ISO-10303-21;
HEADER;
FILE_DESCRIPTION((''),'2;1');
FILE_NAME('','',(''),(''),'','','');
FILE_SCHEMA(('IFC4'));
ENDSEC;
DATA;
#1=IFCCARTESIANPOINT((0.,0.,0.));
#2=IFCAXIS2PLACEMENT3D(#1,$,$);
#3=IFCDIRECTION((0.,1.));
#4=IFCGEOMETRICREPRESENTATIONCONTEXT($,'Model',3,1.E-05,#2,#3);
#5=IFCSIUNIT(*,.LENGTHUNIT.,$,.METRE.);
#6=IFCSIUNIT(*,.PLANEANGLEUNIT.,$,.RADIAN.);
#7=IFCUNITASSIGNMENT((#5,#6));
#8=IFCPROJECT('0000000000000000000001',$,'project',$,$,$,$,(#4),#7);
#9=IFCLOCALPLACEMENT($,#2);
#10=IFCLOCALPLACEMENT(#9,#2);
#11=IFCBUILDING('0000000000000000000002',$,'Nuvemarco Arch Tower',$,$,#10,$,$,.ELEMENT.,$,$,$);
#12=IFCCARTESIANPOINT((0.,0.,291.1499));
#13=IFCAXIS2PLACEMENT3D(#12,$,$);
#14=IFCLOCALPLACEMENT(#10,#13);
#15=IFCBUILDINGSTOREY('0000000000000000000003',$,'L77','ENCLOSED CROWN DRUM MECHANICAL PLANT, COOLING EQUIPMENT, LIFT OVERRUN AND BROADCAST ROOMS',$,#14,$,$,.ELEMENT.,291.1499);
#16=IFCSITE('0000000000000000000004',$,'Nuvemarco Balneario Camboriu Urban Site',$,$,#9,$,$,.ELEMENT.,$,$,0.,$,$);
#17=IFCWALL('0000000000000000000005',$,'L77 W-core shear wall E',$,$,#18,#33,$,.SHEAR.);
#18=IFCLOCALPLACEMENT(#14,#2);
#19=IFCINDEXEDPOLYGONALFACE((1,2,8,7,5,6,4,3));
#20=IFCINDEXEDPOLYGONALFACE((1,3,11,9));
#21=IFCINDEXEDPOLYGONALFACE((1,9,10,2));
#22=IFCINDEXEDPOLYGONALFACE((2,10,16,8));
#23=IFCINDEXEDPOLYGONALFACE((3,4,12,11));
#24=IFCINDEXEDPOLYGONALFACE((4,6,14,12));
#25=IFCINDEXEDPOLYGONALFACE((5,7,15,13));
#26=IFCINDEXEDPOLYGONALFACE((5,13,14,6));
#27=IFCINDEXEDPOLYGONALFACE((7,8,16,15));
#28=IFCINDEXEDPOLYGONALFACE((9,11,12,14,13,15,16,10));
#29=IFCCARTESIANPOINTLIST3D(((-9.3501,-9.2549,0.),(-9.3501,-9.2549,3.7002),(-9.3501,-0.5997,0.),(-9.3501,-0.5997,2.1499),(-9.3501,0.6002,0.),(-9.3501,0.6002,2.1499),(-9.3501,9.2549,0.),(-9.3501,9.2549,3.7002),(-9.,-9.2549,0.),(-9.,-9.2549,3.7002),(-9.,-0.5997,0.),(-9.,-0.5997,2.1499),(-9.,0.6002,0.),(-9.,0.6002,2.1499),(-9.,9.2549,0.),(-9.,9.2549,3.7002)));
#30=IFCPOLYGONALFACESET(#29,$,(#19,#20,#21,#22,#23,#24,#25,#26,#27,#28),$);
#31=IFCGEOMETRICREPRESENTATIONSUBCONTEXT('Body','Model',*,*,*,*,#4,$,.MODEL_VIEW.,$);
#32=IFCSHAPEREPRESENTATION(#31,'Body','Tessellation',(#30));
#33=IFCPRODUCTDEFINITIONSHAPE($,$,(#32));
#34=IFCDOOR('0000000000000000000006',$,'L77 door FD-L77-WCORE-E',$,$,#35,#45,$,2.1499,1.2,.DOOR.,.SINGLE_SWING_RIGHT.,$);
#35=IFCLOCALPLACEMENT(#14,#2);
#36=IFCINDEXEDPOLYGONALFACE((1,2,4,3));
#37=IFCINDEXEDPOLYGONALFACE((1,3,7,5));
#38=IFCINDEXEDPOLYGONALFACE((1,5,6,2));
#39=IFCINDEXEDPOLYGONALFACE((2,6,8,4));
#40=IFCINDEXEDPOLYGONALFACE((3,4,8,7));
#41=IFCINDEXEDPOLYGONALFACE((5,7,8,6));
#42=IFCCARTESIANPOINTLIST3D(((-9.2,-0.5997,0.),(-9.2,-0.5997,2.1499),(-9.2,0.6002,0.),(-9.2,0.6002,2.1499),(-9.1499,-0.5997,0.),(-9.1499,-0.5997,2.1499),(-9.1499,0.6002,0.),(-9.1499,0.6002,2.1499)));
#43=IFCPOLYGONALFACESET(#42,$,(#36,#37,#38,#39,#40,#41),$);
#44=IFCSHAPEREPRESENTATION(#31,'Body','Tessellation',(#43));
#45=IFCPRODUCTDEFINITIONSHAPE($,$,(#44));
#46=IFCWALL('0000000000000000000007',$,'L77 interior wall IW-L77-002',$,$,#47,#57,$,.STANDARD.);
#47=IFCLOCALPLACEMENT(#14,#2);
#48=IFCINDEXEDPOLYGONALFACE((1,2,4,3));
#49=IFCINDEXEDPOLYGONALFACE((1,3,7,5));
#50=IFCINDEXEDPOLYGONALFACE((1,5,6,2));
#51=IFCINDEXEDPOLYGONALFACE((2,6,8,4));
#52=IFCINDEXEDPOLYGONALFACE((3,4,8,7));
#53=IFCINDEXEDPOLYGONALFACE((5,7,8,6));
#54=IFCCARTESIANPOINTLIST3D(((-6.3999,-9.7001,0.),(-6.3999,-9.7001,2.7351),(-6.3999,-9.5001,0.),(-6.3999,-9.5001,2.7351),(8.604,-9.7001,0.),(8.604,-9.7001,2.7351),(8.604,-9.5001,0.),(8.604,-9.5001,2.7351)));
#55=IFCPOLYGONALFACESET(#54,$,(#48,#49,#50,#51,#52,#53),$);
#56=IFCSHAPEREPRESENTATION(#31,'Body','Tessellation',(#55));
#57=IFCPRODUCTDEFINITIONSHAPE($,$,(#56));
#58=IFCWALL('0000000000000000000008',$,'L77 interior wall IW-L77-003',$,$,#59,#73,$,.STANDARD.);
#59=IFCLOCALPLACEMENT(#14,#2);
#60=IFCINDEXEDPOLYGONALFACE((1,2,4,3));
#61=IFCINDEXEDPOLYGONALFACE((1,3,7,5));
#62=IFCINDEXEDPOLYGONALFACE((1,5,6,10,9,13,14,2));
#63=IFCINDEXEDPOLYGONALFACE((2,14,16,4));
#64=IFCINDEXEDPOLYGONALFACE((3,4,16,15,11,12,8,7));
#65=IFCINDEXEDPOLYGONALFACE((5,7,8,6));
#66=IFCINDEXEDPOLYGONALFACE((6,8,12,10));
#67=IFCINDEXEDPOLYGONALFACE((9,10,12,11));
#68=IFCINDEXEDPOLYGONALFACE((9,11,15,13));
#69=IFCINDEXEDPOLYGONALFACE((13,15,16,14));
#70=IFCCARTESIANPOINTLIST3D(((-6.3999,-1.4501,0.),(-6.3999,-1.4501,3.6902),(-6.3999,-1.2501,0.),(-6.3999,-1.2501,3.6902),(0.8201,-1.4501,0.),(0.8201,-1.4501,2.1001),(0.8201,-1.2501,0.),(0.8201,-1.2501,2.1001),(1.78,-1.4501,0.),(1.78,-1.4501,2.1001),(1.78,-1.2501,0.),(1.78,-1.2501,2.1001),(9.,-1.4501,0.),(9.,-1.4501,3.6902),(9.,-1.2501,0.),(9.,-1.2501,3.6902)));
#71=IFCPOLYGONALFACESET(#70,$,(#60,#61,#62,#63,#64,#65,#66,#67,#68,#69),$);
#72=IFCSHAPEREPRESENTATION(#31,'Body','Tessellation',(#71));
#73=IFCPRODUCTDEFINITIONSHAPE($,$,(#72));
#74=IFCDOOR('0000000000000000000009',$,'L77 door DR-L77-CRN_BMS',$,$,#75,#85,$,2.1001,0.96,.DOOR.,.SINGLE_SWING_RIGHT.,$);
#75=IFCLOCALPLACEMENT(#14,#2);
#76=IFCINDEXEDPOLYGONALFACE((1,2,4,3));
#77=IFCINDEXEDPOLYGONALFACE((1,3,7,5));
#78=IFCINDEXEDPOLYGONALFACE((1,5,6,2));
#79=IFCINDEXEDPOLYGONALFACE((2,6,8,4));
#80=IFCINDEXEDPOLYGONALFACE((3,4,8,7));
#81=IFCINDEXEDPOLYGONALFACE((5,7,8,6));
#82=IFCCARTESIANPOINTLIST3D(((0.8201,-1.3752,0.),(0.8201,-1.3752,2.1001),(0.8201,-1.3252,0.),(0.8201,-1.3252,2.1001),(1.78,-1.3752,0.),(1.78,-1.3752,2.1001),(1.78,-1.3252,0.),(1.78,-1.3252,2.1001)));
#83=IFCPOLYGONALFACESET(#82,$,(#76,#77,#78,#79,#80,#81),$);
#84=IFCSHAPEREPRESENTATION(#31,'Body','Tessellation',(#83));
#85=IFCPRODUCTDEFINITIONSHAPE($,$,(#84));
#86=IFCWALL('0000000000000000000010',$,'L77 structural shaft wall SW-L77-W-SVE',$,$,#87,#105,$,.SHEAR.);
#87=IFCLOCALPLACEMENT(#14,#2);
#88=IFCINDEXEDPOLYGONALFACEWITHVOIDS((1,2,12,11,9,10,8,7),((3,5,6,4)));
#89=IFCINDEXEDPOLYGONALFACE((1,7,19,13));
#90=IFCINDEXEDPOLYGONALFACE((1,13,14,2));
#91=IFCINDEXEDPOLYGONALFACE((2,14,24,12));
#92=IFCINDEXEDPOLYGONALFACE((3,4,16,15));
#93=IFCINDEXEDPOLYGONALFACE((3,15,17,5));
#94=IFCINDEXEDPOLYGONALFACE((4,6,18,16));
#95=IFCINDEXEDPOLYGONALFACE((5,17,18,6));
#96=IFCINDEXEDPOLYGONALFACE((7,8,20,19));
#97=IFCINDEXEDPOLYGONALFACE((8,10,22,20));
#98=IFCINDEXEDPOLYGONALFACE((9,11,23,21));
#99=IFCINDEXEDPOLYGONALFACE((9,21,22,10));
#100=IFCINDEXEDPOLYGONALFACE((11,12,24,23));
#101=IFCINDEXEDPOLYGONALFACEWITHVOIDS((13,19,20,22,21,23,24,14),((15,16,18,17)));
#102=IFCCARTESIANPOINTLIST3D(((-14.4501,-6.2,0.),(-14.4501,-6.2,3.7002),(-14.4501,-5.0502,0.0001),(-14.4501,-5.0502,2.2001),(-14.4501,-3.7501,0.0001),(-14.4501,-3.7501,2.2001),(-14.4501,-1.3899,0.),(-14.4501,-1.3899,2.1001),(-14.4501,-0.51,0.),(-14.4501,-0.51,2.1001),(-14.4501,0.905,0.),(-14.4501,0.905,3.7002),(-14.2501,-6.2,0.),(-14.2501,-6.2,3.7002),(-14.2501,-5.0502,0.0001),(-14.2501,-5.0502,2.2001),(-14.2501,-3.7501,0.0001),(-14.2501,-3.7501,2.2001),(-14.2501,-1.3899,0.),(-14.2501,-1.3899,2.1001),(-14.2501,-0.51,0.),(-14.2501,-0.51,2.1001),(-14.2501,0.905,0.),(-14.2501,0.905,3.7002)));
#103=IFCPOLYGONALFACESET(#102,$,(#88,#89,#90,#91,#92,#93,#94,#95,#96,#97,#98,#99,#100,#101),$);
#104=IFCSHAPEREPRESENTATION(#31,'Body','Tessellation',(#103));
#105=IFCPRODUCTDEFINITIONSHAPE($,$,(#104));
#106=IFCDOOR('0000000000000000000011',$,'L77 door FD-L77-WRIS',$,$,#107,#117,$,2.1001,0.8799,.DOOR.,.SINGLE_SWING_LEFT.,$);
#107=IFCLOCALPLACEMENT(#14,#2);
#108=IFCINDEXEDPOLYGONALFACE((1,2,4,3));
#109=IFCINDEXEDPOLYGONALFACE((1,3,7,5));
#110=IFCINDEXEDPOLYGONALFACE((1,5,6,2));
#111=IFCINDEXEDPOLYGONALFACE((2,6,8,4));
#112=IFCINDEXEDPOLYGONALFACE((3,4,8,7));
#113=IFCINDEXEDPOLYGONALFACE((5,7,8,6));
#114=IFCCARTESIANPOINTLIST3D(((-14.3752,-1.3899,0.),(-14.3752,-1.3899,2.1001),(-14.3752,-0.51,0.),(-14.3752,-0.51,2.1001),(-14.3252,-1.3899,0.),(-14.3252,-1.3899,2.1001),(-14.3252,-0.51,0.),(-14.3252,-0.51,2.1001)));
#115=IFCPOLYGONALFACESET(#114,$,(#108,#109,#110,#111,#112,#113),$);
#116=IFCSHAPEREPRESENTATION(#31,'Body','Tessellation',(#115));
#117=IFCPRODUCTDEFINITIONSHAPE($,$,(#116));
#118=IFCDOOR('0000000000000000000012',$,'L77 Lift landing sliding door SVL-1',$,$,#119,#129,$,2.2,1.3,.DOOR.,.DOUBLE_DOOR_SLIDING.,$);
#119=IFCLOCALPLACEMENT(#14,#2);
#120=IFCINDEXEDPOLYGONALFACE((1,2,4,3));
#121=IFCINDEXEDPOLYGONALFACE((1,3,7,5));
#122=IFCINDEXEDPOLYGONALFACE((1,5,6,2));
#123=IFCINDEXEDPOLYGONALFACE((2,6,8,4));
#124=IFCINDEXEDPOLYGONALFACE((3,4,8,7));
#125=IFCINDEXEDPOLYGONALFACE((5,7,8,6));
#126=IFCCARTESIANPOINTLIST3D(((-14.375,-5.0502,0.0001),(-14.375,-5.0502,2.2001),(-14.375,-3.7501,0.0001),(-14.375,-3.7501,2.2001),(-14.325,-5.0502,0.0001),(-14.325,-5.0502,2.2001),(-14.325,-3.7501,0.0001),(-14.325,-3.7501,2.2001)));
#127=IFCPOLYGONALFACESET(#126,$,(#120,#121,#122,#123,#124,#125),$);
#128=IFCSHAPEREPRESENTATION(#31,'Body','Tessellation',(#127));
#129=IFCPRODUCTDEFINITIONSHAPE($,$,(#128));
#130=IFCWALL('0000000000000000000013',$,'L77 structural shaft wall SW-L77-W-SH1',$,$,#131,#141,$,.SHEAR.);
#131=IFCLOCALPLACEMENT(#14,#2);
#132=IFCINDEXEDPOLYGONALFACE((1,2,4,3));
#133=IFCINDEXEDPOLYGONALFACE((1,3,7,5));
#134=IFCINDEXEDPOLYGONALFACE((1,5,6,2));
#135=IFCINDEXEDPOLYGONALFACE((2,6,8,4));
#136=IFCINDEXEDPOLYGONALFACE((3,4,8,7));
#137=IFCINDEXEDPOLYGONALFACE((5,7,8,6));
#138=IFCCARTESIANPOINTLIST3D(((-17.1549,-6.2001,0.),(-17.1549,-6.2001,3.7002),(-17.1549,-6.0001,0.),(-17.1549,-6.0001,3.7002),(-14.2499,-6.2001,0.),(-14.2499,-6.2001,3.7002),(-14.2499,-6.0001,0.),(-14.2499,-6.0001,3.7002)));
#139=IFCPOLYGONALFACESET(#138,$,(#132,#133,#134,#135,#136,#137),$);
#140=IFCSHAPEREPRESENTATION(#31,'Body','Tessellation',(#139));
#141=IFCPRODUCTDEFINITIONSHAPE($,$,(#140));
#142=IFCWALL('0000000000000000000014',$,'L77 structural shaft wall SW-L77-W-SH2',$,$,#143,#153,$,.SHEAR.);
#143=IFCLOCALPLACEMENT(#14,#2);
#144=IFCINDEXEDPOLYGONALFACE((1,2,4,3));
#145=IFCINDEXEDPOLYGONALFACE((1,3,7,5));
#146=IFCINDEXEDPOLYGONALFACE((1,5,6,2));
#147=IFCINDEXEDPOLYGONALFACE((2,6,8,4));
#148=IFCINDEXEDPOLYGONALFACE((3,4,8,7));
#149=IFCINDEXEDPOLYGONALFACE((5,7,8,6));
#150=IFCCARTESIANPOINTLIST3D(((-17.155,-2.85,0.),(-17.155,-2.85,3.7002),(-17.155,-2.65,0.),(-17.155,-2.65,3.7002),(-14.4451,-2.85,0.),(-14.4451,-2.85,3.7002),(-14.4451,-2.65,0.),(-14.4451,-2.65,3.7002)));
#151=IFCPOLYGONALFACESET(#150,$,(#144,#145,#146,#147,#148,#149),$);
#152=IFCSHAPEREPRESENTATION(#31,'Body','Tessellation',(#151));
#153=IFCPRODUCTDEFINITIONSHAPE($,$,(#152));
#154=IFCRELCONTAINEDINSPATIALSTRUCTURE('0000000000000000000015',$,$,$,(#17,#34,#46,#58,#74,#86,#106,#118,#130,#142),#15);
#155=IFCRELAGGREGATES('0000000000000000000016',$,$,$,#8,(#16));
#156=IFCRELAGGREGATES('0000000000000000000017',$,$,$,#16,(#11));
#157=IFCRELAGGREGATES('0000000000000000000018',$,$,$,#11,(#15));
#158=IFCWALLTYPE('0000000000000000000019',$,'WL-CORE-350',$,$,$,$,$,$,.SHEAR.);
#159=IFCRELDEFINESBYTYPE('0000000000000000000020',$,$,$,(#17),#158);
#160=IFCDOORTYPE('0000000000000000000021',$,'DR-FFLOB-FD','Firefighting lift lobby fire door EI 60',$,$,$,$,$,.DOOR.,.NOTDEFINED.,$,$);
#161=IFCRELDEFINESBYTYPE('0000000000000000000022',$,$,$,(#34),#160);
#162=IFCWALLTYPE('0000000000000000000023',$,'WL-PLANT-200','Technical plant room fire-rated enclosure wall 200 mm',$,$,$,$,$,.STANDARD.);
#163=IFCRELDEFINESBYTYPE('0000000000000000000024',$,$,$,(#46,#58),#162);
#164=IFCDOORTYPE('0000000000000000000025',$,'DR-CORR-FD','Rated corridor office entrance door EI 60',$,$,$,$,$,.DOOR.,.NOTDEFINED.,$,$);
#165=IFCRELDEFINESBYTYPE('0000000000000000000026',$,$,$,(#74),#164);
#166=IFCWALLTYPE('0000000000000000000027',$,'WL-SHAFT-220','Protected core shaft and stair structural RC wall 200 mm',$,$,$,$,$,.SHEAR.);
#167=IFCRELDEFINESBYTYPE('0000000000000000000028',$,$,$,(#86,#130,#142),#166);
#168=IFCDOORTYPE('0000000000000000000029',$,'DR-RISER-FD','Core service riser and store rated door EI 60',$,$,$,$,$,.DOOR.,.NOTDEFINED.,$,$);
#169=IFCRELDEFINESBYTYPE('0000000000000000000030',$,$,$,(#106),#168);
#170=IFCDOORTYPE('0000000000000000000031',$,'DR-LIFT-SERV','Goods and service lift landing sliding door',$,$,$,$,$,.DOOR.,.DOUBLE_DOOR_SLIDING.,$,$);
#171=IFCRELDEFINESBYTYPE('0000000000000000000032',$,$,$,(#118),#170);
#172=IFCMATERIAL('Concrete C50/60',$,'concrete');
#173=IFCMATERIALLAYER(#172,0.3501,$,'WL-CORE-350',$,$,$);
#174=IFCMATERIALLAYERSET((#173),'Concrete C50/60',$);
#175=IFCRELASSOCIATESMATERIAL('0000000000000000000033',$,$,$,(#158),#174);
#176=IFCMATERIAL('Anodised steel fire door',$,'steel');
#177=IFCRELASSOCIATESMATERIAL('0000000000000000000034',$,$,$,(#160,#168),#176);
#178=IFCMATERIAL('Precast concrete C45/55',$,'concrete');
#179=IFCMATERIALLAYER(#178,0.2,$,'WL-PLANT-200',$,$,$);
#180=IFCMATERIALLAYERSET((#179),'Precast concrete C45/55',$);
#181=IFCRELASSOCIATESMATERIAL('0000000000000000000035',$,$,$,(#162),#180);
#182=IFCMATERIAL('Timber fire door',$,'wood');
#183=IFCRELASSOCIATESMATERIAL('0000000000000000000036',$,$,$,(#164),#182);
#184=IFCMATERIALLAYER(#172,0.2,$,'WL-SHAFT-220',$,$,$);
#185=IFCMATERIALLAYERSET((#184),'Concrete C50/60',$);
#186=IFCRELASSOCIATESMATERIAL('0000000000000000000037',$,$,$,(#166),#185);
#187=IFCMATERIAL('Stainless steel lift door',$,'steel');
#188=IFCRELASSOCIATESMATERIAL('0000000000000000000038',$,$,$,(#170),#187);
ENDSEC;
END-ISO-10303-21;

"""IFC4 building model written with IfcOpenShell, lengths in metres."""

from ifc_helpers import new_model, si_unit, direction, frame, frame_2d, origin, place, context, subcontext, project, spatial, rectangle, extrude, source, transform, mapped, material, layer, layer_set, type_object, type_shapes, element, fill, save


model = new_model("IFC4")

# Units and contexts
model_context = context("Model", 3, precision=1e-05, world=origin(), true_north=direction((0.0, 1.0)))
body_context = subcontext(model_context, "Body", "Model", "MODEL_VIEW")
ifc_project = project(units=[si_unit("LENGTHUNIT", "METRE"), si_unit("PLANEANGLEUNIT", "RADIAN")], contexts=[model_context])

# Site, building, storey
site_placement = place(None, origin())
site = spatial("IfcSite", under=ifc_project, at=site_placement, Name="Nuvemarco Balneario Camboriu Urban Site", CompositionType="ELEMENT", RefElevation=0.0)
building_placement = place(site_placement, origin())
building = spatial("IfcBuilding", under=site, at=building_placement, Name="Nuvemarco Arch Tower", CompositionType="ELEMENT")
storey_placement = place(building_placement, frame((0.0, 0.0, 291.1499)))
storey = spatial("IfcBuildingStorey", under=building, at=storey_placement, Name="L77", Description="ENCLOSED CROWN DRUM MECHANICAL PLANT, COOLING EQUIPMENT, LIFT OVERRUN AND BROADCAST ROOMS", CompositionType="ELEMENT", Elevation=291.1499)

# Shared definitions
ifc_material_1 = material(Name="Concrete C50/60", Category="concrete")

# Shared definitions
ifc_material_2 = material(Name="Precast concrete C45/55", Category="concrete")

# Shared definitions
ifc_layer_1 = layer(ifc_material_1, 0.3501, Name="WL-CORE-350")
ifc_layer_set_1 = layer_set([ifc_layer_1], Name="Concrete C50/60")
wall_type_1 = type_object("IfcWallType", Name="WL-CORE-350", PredefinedType="SHEAR", material=ifc_layer_set_1)

# Wall, opening, door
wall_1_placement = place(storey_placement, frame((-9.175, -9.2549, 0.0), z_axis=(0.0, 0.0, 1.0), x_axis=(0.0, 1.0, 0.0)))
wall_1 = element("IfcWall", 1, at=wall_1_placement, inside=storey, type_object=wall_type_1, Name="L77 W-core shear wall E", PredefinedType="SHEAR", context=body_context, shape_type="SweptSolid", body=[
    extrude(rectangle(XDim=18.5098, YDim=0.3501, at=frame_2d((9.2549, 0.0))), origin(), (0.0, 0.0, 1.0), 3.7002),
])
opening_1_placement = place(wall_1_placement, frame((8.655, 0.0, 0.0)))
opening_1 = element("IfcOpeningElement", 2, at=opening_1_placement, cuts=wall_1, PredefinedType="OPENING", context=body_context, shape_type="SweptSolid", body=[
    extrude(rectangle(XDim=1.2, YDim=2.1499, at=frame_2d((0.6001, 1.075))), frame((0.0, 0.1851, 0.0), z_axis=(0.0, -1.0, 0.0), x_axis=(1.0, 0.0, 0.0)), (0.0, 0.0, 1.0), 0.3701),
])
ifc_material_3 = material(Name="Anodised steel fire door", Category="steel")
door_type_1 = type_object("IfcDoorType", Name="DR-FFLOB-FD", Description="Firefighting lift lobby fire door EI 60", OperationType="NOTDEFINED", PredefinedType="DOOR", material=ifc_material_3)
shared_shape_1 = source(origin(), body_context, "Body", "SweptSolid", [
    extrude(rectangle(XDim=1.2, YDim=2.1499, at=frame_2d((0.6001, 1.075))), frame((0.0, 0.0249, 0.0), z_axis=(0.0, -1.0, 0.0), x_axis=(1.0, 0.0, 0.0)), (0.0, 0.0, 1.0), 0.05),
])
type_shapes(door_type_1, [shared_shape_1])
door_1_placement = place(opening_1_placement, origin())
door_1 = element("IfcDoor", 3, at=door_1_placement, inside=storey, type_object=door_type_1, Name="L77 door FD-L77-WCORE-E", OperationType="SINGLE_SWING_RIGHT", OverallHeight=2.1499, OverallWidth=1.2, PredefinedType="DOOR", context=body_context, shape_type="MappedRepresentation", body=[
    mapped(shared_shape_1, transform((0.0, 0.0, 0.0), scale=1.0)),
])
fill(opening_1, door_1)

# Wall
ifc_layer_2 = layer(ifc_material_2, 0.2, Name="WL-PLANT-200")
ifc_layer_set_2 = layer_set([ifc_layer_2], Name="Precast concrete C45/55")
wall_type_2 = type_object("IfcWallType", Name="WL-PLANT-200", Description="Technical plant room fire-rated enclosure wall 200 mm", PredefinedType="STANDARD", material=ifc_layer_set_2)
wall_2_placement = place(storey_placement, frame((-6.3999, -9.6001, 0.0), z_axis=(0.0, 0.0, 1.0), x_axis=(1.0, 0.0, 0.0)))
element("IfcWall", 4, at=wall_2_placement, inside=storey, type_object=wall_type_2, Name="L77 interior wall IW-L77-002", PredefinedType="STANDARD", context=body_context, shape_type="SweptSolid", body=[
    extrude(rectangle(XDim=15.0039, YDim=0.2, at=frame_2d((7.502, 0.0))), origin(), (0.0, 0.0, 1.0), 2.7351),
])

# Wall, opening, door
wall_3_placement = place(storey_placement, frame((-6.3999, -1.3501, 0.0), z_axis=(0.0, 0.0, 1.0), x_axis=(1.0, 0.0, 0.0)))
wall_3 = element("IfcWall", 5, at=wall_3_placement, inside=storey, type_object=wall_type_2, Name="L77 interior wall IW-L77-003", PredefinedType="STANDARD", context=body_context, shape_type="SweptSolid", body=[
    extrude(rectangle(XDim=15.3999, YDim=0.2, at=frame_2d((7.7, 0.0))), origin(), (0.0, 0.0, 1.0), 3.6902),
])
opening_2_placement = place(wall_3_placement, frame((7.22, 0.0, 0.0)))
opening_2 = element("IfcOpeningElement", 6, at=opening_2_placement, cuts=wall_3, PredefinedType="OPENING", context=body_context, shape_type="SweptSolid", body=[
    extrude(rectangle(XDim=0.96, YDim=2.1001, at=frame_2d((0.48, 1.05))), frame((0.0, 0.1099, 0.0), z_axis=(0.0, -1.0, 0.0), x_axis=(1.0, 0.0, 0.0)), (0.0, 0.0, 1.0), 0.22),
])
ifc_material_4 = material(Name="Timber fire door", Category="wood")
door_type_2 = type_object("IfcDoorType", Name="DR-CORR-FD", Description="Rated corridor office entrance door EI 60", OperationType="NOTDEFINED", PredefinedType="DOOR", material=ifc_material_4)
shared_shape_2 = source(origin(), body_context, "Body", "SweptSolid", [
    extrude(rectangle(XDim=0.96, YDim=2.1001, at=frame_2d((0.48, 1.05))), frame((0.0, 0.0249, 0.0), z_axis=(0.0, -1.0, 0.0), x_axis=(1.0, 0.0, 0.0)), (0.0, 0.0, 1.0), 0.05),
])
type_shapes(door_type_2, [shared_shape_2])
door_2_placement = place(opening_2_placement, origin())
door_2 = element("IfcDoor", 7, at=door_2_placement, inside=storey, type_object=door_type_2, Name="L77 door DR-L77-CRN_BMS", OperationType="SINGLE_SWING_RIGHT", OverallHeight=2.1001, OverallWidth=0.96, PredefinedType="DOOR", context=body_context, shape_type="MappedRepresentation", body=[
    mapped(shared_shape_2, transform((0.0, 0.0, 0.0), scale=1.0)),
])
fill(opening_2, door_2)
ifc_layer_3 = layer(ifc_material_1, 0.2, Name="WL-SHAFT-220")
ifc_layer_set_3 = layer_set([ifc_layer_3], Name="Concrete C50/60")
wall_type_3 = type_object("IfcWallType", Name="WL-SHAFT-220", Description="Protected core shaft and stair structural RC wall 200 mm", PredefinedType="SHEAR", material=ifc_layer_set_3)
ifc_material_5 = material(Name="Stainless steel lift door", Category="steel")

# Wall, openings, doors
wall_4_placement = place(storey_placement, frame((-14.3501, -6.2, 0.0), z_axis=(0.0, 0.0, 1.0), x_axis=(0.0, 1.0, 0.0)))
wall_4 = element("IfcWall", 8, at=wall_4_placement, inside=storey, type_object=wall_type_3, Name="L77 structural shaft wall SW-L77-W-SVE", PredefinedType="SHEAR", context=body_context, shape_type="SweptSolid", body=[
    extrude(rectangle(XDim=7.105, YDim=0.2, at=frame_2d((3.5525, 0.0))), origin(), (0.0, 0.0, 1.0), 3.7002),
])
opening_3_placement = place(wall_4_placement, frame((5.6899, 0.0, 0.0), z_axis=(0.0, 0.0, 1.0), x_axis=(-1.0, 0.0, 0.0)))
opening_3 = element("IfcOpeningElement", 9, at=opening_3_placement, cuts=wall_4, PredefinedType="OPENING", context=body_context, shape_type="SweptSolid", body=[
    extrude(rectangle(XDim=0.8799, YDim=2.1001, at=frame_2d((0.4399, 1.05))), frame((0.0, 0.1099, 0.0), z_axis=(0.0, -1.0, 0.0), x_axis=(1.0, 0.0, 0.0)), (0.0, 0.0, 1.0), 0.22),
])
opening_4_placement = place(wall_4_placement, frame((1.1499, 0.0, 0.0)))
opening_4 = element("IfcOpeningElement", 10, at=opening_4_placement, cuts=wall_4, PredefinedType="OPENING", context=body_context, shape_type="SweptSolid", body=[
    extrude(rectangle(XDim=1.3, YDim=2.2, at=frame_2d((0.6499, 1.1001))), frame((0.0, 0.1099, 0.0), z_axis=(0.0, -1.0, 0.0), x_axis=(1.0, 0.0, 0.0)), (0.0, 0.0, 1.0), 0.22),
])
door_type_3 = type_object("IfcDoorType", Name="DR-RISER-FD", Description="Core service riser and store rated door EI 60", OperationType="NOTDEFINED", PredefinedType="DOOR", material=ifc_material_3)
shared_shape_3 = source(origin(), body_context, "Body", "SweptSolid", [
    extrude(rectangle(XDim=0.8799, YDim=2.1001, at=frame_2d((0.4399, 1.05))), frame((0.0, 0.0249, 0.0), z_axis=(0.0, -1.0, 0.0), x_axis=(1.0, 0.0, 0.0)), (0.0, 0.0, 1.0), 0.05),
])
type_shapes(door_type_3, [shared_shape_3])
door_3_placement = place(opening_3_placement, origin())
door_3 = element("IfcDoor", 11, at=door_3_placement, inside=storey, type_object=door_type_3, Name="L77 door FD-L77-WRIS", OperationType="SINGLE_SWING_LEFT", OverallHeight=2.1001, OverallWidth=0.8799, PredefinedType="DOOR", context=body_context, shape_type="MappedRepresentation", body=[
    mapped(shared_shape_3, transform((0.0, 0.0, 0.0), scale=1.0)),
])
fill(opening_3, door_3)
door_type_4 = type_object("IfcDoorType", Name="DR-LIFT-SERV", Description="Goods and service lift landing sliding door", OperationType="DOUBLE_DOOR_SLIDING", PredefinedType="DOOR", material=ifc_material_5)
shared_shape_4 = source(origin(), body_context, "Body", "SweptSolid", [
    extrude(rectangle(XDim=1.3, YDim=2.2, at=frame_2d((0.6499, 1.1001))), frame((0.0, 0.0249, 0.0), z_axis=(0.0, -1.0, 0.0), x_axis=(1.0, 0.0, 0.0)), (0.0, 0.0, 1.0), 0.05),
])
type_shapes(door_type_4, [shared_shape_4])
door_4_placement = place(opening_4_placement, origin())
door_4 = element("IfcDoor", 12, at=door_4_placement, inside=storey, type_object=door_type_4, Name="L77 Lift landing sliding door SVL-1", OperationType="DOUBLE_DOOR_SLIDING", OverallHeight=2.2, OverallWidth=1.3, PredefinedType="DOOR", context=body_context, shape_type="MappedRepresentation", body=[
    mapped(shared_shape_4, transform((0.0, 0.0, 0.0), scale=1.0)),
])
fill(opening_4, door_4)

# Walls
wall_5_placement = place(storey_placement, frame((-17.155, -6.1001, 0.0), z_axis=(0.0, 0.0, 1.0), x_axis=(1.0, 0.0, 0.0)))
element("IfcWall", 13, at=wall_5_placement, inside=storey, type_object=wall_type_3, Name="L77 structural shaft wall SW-L77-W-SH1", PredefinedType="SHEAR", context=body_context, shape_type="SweptSolid", body=[
    extrude(rectangle(XDim=2.905, YDim=0.2, at=frame_2d((1.4526, 0.0))), origin(), (0.0, 0.0, 1.0), 3.7002),
])
wall_6_placement = place(storey_placement, frame((-17.155, -2.75, 0.0), z_axis=(0.0, 0.0, 1.0), x_axis=(1.0, 0.0, 0.0)))
element("IfcWall", 14, at=wall_6_placement, inside=storey, type_object=wall_type_3, Name="L77 structural shaft wall SW-L77-W-SH2", PredefinedType="SHEAR", context=body_context, shape_type="SweptSolid", body=[
    extrude(rectangle(XDim=2.71, YDim=0.2, at=frame_2d((1.355, 0.0))), origin(), (0.0, 0.0, 1.0), 3.7002),
])

save(model, "model.ifc")
